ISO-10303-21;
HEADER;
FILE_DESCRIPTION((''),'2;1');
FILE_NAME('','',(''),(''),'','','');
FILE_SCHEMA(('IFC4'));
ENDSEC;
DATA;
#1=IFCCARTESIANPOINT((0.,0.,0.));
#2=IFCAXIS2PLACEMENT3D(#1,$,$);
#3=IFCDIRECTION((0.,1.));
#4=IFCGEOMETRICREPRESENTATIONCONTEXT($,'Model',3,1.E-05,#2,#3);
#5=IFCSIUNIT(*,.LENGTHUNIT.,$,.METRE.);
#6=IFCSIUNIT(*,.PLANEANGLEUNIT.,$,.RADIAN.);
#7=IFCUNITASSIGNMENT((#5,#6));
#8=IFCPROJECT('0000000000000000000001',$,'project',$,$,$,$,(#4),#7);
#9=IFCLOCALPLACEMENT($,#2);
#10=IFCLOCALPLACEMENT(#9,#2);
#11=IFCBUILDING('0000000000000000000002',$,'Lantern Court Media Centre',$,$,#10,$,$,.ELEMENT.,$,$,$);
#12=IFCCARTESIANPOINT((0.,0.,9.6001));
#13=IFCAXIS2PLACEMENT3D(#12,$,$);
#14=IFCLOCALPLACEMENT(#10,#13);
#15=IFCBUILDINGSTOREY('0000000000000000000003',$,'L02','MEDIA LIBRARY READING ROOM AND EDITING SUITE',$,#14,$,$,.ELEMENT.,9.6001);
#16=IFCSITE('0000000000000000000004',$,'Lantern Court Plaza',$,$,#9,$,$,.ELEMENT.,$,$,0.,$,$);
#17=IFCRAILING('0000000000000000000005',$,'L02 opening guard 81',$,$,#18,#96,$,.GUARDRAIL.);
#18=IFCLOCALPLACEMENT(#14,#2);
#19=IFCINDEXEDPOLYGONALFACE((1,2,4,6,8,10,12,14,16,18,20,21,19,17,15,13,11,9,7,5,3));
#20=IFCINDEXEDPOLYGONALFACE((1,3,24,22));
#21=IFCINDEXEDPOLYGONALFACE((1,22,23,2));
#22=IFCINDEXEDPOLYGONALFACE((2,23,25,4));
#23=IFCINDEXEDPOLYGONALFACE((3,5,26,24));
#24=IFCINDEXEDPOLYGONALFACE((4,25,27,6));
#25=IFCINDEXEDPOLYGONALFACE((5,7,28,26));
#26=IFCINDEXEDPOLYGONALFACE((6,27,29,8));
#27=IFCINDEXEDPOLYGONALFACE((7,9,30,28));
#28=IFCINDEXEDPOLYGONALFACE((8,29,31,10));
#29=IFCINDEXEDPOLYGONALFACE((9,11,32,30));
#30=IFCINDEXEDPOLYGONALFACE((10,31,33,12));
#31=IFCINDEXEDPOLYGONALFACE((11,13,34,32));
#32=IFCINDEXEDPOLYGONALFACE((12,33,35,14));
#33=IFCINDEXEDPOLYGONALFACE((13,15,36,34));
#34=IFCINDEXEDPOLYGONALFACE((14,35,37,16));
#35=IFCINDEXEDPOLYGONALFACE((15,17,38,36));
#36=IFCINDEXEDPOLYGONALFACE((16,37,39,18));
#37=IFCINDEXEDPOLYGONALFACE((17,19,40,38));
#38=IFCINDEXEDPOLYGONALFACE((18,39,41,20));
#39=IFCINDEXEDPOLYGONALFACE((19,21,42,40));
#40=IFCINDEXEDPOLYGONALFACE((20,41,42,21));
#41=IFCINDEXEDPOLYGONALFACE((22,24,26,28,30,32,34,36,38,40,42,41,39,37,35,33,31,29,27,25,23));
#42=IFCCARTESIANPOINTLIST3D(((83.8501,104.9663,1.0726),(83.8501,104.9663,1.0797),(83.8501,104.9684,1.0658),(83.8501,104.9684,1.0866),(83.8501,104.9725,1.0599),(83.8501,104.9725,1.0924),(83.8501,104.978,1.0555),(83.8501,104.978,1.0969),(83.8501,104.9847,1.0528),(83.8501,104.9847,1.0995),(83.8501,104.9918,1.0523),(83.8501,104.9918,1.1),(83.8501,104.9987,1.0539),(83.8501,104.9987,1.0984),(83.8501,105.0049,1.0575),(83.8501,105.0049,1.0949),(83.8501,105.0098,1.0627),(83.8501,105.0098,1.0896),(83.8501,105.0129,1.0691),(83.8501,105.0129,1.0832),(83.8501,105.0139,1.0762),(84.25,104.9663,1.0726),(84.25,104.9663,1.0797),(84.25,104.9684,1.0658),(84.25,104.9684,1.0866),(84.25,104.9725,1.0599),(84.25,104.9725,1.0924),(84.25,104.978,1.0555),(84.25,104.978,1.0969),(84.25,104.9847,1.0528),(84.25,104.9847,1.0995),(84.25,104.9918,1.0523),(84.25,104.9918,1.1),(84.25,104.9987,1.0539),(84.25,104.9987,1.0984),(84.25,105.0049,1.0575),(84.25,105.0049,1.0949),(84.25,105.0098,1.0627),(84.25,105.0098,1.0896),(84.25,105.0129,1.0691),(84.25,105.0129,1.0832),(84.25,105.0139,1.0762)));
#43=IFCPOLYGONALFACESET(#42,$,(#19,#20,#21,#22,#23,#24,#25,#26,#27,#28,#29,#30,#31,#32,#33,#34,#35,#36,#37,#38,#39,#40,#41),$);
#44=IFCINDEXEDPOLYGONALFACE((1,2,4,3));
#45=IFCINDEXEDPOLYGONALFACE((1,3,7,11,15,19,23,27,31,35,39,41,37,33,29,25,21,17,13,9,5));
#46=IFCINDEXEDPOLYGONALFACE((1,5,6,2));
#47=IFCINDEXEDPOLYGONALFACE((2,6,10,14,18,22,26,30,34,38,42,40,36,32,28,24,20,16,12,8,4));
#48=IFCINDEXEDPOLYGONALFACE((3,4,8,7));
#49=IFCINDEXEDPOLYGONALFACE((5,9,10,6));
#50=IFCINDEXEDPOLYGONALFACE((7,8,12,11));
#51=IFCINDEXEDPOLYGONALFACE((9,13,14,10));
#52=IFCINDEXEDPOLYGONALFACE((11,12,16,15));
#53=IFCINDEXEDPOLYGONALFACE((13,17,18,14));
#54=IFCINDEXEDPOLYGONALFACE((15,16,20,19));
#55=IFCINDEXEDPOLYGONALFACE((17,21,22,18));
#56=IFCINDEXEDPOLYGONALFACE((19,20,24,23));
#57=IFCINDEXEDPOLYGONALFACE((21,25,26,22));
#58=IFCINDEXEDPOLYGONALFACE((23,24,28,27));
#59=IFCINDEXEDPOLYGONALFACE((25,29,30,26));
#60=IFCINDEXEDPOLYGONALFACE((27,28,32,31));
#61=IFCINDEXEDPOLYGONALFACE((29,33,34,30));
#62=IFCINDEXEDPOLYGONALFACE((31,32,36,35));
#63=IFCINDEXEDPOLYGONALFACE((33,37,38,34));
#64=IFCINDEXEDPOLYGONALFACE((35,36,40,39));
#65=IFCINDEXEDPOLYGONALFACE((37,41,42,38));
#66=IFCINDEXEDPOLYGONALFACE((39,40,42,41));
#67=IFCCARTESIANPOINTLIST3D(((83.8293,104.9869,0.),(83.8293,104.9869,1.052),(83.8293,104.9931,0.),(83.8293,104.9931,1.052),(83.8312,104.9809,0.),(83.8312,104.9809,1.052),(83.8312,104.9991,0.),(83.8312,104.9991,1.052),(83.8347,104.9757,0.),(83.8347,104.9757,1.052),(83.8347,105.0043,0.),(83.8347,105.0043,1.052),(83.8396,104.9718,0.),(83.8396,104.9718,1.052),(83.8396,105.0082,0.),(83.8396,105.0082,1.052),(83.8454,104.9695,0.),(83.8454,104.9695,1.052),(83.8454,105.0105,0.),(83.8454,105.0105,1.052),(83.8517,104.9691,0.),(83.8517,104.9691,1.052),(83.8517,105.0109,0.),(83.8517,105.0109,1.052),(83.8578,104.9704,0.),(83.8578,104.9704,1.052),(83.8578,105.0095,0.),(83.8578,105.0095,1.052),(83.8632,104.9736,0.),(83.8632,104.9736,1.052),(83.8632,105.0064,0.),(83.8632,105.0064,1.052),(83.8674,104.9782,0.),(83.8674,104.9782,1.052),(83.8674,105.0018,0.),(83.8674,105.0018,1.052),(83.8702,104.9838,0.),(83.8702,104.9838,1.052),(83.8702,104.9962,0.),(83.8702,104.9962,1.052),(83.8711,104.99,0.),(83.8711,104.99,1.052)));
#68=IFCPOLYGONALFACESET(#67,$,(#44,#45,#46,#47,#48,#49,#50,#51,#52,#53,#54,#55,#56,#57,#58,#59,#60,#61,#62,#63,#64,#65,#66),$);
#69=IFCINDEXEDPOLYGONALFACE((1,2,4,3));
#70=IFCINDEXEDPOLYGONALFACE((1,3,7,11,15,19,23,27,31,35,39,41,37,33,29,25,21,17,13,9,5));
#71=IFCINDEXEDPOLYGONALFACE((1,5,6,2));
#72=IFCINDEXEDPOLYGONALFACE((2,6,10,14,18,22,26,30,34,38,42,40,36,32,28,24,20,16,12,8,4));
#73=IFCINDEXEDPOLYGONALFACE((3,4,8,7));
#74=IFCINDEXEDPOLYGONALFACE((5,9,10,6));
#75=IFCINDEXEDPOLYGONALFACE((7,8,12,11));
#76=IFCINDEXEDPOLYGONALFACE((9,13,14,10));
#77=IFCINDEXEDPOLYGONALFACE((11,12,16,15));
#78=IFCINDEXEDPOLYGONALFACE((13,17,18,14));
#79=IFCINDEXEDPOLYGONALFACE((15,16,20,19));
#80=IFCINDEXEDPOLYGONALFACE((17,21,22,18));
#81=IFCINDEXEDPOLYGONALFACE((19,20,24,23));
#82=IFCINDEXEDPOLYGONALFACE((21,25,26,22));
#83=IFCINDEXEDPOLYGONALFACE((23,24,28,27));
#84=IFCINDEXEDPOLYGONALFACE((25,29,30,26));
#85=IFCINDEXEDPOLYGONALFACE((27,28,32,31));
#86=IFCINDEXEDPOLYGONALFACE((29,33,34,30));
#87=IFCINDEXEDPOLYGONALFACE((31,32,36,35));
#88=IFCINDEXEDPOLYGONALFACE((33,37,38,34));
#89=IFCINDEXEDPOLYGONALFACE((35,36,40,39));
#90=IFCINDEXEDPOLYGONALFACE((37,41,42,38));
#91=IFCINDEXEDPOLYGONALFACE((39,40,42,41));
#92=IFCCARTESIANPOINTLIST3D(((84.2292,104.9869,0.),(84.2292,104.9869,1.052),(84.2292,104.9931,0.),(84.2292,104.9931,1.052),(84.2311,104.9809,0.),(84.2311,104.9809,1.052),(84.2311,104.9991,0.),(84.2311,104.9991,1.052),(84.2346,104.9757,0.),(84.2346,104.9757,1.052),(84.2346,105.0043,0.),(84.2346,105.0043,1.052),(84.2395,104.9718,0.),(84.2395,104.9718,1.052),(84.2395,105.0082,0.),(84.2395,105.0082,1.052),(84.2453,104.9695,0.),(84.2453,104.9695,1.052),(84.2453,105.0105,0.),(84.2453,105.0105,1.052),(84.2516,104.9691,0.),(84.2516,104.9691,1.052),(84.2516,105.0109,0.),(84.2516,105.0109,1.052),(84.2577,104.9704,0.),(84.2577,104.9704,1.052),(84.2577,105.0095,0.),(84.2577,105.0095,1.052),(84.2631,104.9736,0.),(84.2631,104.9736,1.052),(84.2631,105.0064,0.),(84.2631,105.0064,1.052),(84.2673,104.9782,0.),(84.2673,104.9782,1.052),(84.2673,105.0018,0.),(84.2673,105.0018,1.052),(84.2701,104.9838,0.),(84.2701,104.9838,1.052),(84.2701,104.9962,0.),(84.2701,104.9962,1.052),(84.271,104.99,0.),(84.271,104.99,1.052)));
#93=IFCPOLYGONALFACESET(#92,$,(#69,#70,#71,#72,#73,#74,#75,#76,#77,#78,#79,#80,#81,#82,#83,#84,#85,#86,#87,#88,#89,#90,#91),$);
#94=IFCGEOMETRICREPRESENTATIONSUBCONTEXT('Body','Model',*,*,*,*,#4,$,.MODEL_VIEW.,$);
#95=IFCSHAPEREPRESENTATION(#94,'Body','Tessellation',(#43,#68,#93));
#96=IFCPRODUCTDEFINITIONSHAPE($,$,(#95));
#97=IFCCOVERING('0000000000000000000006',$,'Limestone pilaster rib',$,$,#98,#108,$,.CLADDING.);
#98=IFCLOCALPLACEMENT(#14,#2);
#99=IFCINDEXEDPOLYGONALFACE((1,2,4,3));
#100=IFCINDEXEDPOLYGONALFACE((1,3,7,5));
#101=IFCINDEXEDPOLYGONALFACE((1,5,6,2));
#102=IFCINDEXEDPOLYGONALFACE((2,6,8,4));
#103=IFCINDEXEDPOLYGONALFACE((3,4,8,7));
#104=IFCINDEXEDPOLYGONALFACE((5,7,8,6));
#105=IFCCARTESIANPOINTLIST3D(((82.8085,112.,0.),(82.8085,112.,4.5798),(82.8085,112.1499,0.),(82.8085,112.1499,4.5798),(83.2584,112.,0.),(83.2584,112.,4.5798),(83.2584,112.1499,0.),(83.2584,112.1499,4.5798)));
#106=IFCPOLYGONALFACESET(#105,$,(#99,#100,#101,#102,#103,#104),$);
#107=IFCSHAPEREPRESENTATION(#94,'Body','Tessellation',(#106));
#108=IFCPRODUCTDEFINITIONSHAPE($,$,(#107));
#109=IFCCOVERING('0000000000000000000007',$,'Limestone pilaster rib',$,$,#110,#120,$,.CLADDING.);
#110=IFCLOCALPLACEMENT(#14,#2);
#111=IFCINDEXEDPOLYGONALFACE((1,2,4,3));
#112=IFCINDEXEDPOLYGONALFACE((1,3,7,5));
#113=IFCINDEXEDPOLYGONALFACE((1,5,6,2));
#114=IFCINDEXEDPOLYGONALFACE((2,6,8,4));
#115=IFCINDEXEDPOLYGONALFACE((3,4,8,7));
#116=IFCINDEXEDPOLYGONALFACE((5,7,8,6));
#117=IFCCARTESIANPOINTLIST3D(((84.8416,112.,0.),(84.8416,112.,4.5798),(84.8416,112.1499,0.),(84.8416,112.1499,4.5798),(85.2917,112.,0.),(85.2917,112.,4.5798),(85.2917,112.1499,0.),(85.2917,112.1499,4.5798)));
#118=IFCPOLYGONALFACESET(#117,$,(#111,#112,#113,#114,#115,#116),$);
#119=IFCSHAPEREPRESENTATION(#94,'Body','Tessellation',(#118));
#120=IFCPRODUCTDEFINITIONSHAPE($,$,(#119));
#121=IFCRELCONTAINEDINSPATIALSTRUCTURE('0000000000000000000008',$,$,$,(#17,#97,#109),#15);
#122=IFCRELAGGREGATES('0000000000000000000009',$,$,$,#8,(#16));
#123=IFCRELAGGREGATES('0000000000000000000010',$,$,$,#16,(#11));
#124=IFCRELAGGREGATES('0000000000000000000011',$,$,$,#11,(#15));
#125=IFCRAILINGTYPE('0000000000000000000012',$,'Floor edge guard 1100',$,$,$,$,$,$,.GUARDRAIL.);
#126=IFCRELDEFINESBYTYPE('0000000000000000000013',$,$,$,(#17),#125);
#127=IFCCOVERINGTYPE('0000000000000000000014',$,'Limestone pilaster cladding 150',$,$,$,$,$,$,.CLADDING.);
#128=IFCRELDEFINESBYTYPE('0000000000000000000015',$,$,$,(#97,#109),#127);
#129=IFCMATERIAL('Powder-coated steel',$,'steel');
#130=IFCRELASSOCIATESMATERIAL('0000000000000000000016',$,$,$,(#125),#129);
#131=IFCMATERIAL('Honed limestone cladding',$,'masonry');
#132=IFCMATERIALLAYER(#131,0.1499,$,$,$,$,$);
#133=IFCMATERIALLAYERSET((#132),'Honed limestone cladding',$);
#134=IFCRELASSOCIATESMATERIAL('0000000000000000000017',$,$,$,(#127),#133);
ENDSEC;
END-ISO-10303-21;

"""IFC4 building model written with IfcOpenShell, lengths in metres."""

from ifc_helpers import new_model, si_unit, direction, frame, frame_2d, origin, origin_2d, place, context, subcontext, project, spatial, rectangle, circle, extrude, material, layer, layer_set, type_object, element, save


model = new_model("IFC4")

# Units and contexts
model_context = context("Model", 3, precision=1e-05, world=origin(), true_north=direction((0.0, 1.0)))
body_context = subcontext(model_context, "Body", "Model", "MODEL_VIEW")
ifc_project = project(units=[si_unit("LENGTHUNIT", "METRE"), si_unit("PLANEANGLEUNIT", "RADIAN")], contexts=[model_context])

# Site, building, storey
site_placement = place(None, origin())
site = spatial("IfcSite", under=ifc_project, at=site_placement, Name="Lantern Court Plaza", CompositionType="ELEMENT", RefElevation=0.0)
building_placement = place(site_placement, origin())
building = spatial("IfcBuilding", under=site, at=building_placement, Name="Lantern Court Media Centre", CompositionType="ELEMENT")
storey_placement = place(building_placement, frame((0.0, 0.0, 9.6001)))
storey = spatial("IfcBuildingStorey", under=building, at=storey_placement, Name="L02", Description="MEDIA LIBRARY READING ROOM AND EDITING SUITE", CompositionType="ELEMENT", Elevation=9.6001)

# Railing
ifc_material_1 = material(Name="Powder-coated steel", Category="steel")
railing_type_1 = type_object("IfcRailingType", Name="Floor edge guard 1100", PredefinedType="GUARDRAIL", material=ifc_material_1)
railing_1_placement = place(storey_placement, frame((83.8501, 104.99, 0.0)))
element("IfcRailing", 1, at=railing_1_placement, inside=storey, type_object=railing_type_1, Name="L02 opening guard 81", PredefinedType="GUARDRAIL", context=body_context, shape_type="SweptSolid", body=[
    extrude(circle(Radius=0.0239, at=origin_2d()), frame((0.0, 0.0, 1.0762), z_axis=(1.0, 0.0, 0.0), x_axis=(0.0, 1.0, 0.0)), (0.0, 0.0, 1.0), 0.3999),
    extrude(circle(Radius=0.021, at=origin_2d()), origin(), (0.0, 0.0, 1.0), 1.052),
    extrude(circle(Radius=0.021, at=origin_2d()), frame((0.3999, 0.0, 0.0)), (0.0, 0.0, 1.0), 1.052),
])

# Coverings
ifc_material_2 = material(Name="Honed limestone cladding", Category="masonry")
ifc_layer_1 = layer(ifc_material_2, 0.1499)
ifc_layer_set_1 = layer_set([ifc_layer_1], Name="Honed limestone cladding")
covering_type = type_object("IfcCoveringType", Name="Limestone pilaster cladding 150", PredefinedType="CLADDING", material=ifc_layer_set_1)
covering_1_placement = place(storey_placement, frame((82.8083, 112.075, 0.0), z_axis=(0.0, 0.0, 1.0), x_axis=(1.0, 0.0, 0.0)))
element("IfcCovering", 2, at=covering_1_placement, inside=storey, type_object=covering_type, Name="Limestone pilaster rib", PredefinedType="CLADDING", context=body_context, shape_type="SweptSolid", body=[
    extrude(rectangle(XDim=0.45, YDim=0.1499, at=frame_2d((0.2251, 0.0))), origin(), (0.0, 0.0, 1.0), 4.5798),
])
covering_2_placement = place(storey_placement, frame((84.8416, 112.075, 0.0), z_axis=(0.0, 0.0, 1.0), x_axis=(1.0, 0.0, 0.0)))
element("IfcCovering", 3, at=covering_2_placement, inside=storey, type_object=covering_type, Name="Limestone pilaster rib", PredefinedType="CLADDING", context=body_context, shape_type="SweptSolid", body=[
    extrude(rectangle(XDim=0.4502, YDim=0.1499, at=frame_2d((0.2251, 0.0))), origin(), (0.0, 0.0, 1.0), 4.5798),
])

save(model, "model.ifc")
